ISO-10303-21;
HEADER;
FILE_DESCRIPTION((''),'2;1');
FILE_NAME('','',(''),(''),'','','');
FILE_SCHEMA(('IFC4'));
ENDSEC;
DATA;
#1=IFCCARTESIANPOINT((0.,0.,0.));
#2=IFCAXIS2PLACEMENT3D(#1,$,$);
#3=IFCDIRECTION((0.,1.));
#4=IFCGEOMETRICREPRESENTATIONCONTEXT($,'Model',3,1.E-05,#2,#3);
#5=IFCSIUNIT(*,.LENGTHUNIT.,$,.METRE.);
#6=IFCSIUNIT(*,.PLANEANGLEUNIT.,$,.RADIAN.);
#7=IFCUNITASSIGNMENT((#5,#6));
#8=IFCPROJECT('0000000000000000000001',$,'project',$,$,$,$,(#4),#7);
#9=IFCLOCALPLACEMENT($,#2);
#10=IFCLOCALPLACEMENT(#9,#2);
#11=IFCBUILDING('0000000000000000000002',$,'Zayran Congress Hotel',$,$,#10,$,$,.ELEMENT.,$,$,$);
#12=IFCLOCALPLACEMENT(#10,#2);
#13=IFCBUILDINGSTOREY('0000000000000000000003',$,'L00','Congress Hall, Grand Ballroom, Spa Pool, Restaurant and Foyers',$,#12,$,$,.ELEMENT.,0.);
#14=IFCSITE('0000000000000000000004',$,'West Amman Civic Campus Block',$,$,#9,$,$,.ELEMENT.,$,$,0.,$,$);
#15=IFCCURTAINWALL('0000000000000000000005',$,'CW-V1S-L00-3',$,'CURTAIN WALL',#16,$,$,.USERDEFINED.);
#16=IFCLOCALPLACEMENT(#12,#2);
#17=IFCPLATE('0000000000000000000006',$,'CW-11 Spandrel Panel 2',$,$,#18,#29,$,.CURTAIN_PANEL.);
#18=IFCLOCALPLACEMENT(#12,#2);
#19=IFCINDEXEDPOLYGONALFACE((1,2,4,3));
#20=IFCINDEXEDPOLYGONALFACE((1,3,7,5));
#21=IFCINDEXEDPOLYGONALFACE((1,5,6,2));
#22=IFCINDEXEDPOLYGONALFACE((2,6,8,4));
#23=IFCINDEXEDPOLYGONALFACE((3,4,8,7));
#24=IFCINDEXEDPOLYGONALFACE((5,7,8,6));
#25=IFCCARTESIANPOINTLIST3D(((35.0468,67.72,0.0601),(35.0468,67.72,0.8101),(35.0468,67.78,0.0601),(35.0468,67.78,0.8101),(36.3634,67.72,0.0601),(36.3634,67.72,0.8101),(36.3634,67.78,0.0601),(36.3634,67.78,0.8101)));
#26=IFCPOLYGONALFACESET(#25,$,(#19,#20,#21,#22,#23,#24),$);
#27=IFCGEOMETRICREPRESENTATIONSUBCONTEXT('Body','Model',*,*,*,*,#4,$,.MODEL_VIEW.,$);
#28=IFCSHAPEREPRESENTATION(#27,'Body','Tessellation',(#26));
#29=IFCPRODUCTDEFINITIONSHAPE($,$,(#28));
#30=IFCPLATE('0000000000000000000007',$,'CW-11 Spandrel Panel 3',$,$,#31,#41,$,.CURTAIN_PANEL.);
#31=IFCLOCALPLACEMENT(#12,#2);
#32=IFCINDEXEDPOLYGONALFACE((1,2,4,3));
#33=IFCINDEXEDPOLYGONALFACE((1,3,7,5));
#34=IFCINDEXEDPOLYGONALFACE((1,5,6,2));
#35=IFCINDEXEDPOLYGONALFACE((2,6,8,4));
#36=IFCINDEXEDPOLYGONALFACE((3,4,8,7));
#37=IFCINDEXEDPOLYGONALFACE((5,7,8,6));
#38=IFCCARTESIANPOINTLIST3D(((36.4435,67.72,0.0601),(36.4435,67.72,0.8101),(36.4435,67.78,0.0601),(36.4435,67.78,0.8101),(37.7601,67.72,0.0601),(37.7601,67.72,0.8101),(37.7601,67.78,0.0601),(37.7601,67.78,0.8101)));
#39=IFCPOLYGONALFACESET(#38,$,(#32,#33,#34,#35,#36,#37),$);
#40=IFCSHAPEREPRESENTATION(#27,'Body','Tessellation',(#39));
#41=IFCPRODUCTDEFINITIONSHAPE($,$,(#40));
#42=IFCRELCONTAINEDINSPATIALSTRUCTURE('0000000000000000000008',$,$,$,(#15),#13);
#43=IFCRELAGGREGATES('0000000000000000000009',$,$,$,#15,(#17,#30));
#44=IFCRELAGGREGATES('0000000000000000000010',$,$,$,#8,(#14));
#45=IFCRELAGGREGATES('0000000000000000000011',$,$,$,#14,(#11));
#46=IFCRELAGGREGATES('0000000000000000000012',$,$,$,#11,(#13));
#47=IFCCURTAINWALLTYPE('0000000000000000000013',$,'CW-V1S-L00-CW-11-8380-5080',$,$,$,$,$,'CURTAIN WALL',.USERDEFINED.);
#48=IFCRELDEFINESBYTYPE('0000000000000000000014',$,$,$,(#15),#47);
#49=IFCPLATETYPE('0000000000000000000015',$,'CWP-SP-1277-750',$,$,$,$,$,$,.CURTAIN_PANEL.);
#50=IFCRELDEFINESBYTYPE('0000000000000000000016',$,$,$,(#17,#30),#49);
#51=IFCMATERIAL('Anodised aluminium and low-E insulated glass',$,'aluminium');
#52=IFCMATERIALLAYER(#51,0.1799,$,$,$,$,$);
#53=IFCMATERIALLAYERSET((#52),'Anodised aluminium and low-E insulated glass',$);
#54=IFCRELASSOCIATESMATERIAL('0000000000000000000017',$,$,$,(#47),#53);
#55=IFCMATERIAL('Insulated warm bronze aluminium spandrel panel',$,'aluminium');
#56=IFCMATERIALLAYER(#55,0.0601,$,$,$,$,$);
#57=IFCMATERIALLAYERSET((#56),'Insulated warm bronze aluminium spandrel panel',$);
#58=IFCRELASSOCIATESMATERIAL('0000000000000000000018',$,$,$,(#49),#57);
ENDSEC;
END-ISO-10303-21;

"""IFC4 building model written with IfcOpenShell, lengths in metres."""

from ifc_helpers import new_model, si_unit, direction, frame, origin, origin_2d, place, context, subcontext, project, spatial, rectangle, extrude, material, layer, layer_set, type_object, element, aggregate, save


model = new_model("IFC4")

# Units and contexts
model_context = context("Model", 3, precision=1e-05, world=origin(), true_north=direction((0.0, 1.0)))
body_context = subcontext(model_context, "Body", "Model", "MODEL_VIEW")
ifc_project = project(units=[si_unit("LENGTHUNIT", "METRE"), si_unit("PLANEANGLEUNIT", "RADIAN")], contexts=[model_context])

# Site, building, storey
site_placement = place(None, origin())
site = spatial("IfcSite", under=ifc_project, at=site_placement, Name="West Amman Civic Campus Block", CompositionType="ELEMENT", RefElevation=0.0)
building_placement = place(site_placement, origin())
building = spatial("IfcBuilding", under=site, at=building_placement, Name="Zayran Congress Hotel", CompositionType="ELEMENT")
storey_placement = place(building_placement, origin())
storey = spatial("IfcBuildingStorey", under=building, at=storey_placement, Name="L00", Description="Congress Hall, Grand Ballroom, Spa Pool, Restaurant and Foyers", CompositionType="ELEMENT", Elevation=0.0)

# Curtain wall, plates
ifc_material_1 = material(Name="Anodised aluminium and low-E insulated glass", Category="aluminium")
ifc_layer_1 = layer(ifc_material_1, 0.1799)
ifc_layer_set_1 = layer_set([ifc_layer_1], Name="Anodised aluminium and low-E insulated glass")
curtain_wall_type = type_object("IfcCurtainWallType", Name="CW-V1S-L00-CW-11-8380-5080", ElementType="CURTAIN WALL", PredefinedType="USERDEFINED", material=ifc_layer_set_1)
curtain_wall_placement = place(storey_placement, origin())
curtain_wall = element("IfcCurtainWall", 1, at=curtain_wall_placement, inside=storey, type_object=curtain_wall_type, Name="CW-V1S-L00-3", ObjectType="CURTAIN WALL", PredefinedType="USERDEFINED")
ifc_material_2 = material(Name="Insulated warm bronze aluminium spandrel panel", Category="aluminium")
ifc_layer_2 = layer(ifc_material_2, 0.0601)
ifc_layer_set_2 = layer_set([ifc_layer_2], Name="Insulated warm bronze aluminium spandrel panel")
plate_type_1 = type_object("IfcPlateType", Name="CWP-SP-1277-750", PredefinedType="CURTAIN_PANEL", material=ifc_layer_set_2)
plate_1_placement = place(storey_placement, frame((35.7051, 67.75, 0.0601), z_axis=(0.0, 0.0, 1.0), x_axis=(1.0, 0.0, 0.0)))
plate_1 = element("IfcPlate", 2, at=plate_1_placement, type_object=plate_type_1, Name="CW-11 Spandrel Panel 2", PredefinedType="CURTAIN_PANEL", context=body_context, shape_type="SweptSolid", body=[
    extrude(rectangle(XDim=1.3167, YDim=0.0601, at=origin_2d()), origin(), (0.0, 0.0, 1.0), 0.75),
])
plate_2_placement = place(storey_placement, frame((37.1018, 67.75, 0.0601), z_axis=(0.0, 0.0, 1.0), x_axis=(1.0, 0.0, 0.0)))
plate_2 = element("IfcPlate", 3, at=plate_2_placement, type_object=plate_type_1, Name="CW-11 Spandrel Panel 3", PredefinedType="CURTAIN_PANEL", context=body_context, shape_type="SweptSolid", body=[
    extrude(rectangle(XDim=1.3167, YDim=0.0601, at=origin_2d()), origin(), (0.0, 0.0, 1.0), 0.75),
])
aggregate(curtain_wall, [plate_1, plate_2])

save(model, "model.ifc")
